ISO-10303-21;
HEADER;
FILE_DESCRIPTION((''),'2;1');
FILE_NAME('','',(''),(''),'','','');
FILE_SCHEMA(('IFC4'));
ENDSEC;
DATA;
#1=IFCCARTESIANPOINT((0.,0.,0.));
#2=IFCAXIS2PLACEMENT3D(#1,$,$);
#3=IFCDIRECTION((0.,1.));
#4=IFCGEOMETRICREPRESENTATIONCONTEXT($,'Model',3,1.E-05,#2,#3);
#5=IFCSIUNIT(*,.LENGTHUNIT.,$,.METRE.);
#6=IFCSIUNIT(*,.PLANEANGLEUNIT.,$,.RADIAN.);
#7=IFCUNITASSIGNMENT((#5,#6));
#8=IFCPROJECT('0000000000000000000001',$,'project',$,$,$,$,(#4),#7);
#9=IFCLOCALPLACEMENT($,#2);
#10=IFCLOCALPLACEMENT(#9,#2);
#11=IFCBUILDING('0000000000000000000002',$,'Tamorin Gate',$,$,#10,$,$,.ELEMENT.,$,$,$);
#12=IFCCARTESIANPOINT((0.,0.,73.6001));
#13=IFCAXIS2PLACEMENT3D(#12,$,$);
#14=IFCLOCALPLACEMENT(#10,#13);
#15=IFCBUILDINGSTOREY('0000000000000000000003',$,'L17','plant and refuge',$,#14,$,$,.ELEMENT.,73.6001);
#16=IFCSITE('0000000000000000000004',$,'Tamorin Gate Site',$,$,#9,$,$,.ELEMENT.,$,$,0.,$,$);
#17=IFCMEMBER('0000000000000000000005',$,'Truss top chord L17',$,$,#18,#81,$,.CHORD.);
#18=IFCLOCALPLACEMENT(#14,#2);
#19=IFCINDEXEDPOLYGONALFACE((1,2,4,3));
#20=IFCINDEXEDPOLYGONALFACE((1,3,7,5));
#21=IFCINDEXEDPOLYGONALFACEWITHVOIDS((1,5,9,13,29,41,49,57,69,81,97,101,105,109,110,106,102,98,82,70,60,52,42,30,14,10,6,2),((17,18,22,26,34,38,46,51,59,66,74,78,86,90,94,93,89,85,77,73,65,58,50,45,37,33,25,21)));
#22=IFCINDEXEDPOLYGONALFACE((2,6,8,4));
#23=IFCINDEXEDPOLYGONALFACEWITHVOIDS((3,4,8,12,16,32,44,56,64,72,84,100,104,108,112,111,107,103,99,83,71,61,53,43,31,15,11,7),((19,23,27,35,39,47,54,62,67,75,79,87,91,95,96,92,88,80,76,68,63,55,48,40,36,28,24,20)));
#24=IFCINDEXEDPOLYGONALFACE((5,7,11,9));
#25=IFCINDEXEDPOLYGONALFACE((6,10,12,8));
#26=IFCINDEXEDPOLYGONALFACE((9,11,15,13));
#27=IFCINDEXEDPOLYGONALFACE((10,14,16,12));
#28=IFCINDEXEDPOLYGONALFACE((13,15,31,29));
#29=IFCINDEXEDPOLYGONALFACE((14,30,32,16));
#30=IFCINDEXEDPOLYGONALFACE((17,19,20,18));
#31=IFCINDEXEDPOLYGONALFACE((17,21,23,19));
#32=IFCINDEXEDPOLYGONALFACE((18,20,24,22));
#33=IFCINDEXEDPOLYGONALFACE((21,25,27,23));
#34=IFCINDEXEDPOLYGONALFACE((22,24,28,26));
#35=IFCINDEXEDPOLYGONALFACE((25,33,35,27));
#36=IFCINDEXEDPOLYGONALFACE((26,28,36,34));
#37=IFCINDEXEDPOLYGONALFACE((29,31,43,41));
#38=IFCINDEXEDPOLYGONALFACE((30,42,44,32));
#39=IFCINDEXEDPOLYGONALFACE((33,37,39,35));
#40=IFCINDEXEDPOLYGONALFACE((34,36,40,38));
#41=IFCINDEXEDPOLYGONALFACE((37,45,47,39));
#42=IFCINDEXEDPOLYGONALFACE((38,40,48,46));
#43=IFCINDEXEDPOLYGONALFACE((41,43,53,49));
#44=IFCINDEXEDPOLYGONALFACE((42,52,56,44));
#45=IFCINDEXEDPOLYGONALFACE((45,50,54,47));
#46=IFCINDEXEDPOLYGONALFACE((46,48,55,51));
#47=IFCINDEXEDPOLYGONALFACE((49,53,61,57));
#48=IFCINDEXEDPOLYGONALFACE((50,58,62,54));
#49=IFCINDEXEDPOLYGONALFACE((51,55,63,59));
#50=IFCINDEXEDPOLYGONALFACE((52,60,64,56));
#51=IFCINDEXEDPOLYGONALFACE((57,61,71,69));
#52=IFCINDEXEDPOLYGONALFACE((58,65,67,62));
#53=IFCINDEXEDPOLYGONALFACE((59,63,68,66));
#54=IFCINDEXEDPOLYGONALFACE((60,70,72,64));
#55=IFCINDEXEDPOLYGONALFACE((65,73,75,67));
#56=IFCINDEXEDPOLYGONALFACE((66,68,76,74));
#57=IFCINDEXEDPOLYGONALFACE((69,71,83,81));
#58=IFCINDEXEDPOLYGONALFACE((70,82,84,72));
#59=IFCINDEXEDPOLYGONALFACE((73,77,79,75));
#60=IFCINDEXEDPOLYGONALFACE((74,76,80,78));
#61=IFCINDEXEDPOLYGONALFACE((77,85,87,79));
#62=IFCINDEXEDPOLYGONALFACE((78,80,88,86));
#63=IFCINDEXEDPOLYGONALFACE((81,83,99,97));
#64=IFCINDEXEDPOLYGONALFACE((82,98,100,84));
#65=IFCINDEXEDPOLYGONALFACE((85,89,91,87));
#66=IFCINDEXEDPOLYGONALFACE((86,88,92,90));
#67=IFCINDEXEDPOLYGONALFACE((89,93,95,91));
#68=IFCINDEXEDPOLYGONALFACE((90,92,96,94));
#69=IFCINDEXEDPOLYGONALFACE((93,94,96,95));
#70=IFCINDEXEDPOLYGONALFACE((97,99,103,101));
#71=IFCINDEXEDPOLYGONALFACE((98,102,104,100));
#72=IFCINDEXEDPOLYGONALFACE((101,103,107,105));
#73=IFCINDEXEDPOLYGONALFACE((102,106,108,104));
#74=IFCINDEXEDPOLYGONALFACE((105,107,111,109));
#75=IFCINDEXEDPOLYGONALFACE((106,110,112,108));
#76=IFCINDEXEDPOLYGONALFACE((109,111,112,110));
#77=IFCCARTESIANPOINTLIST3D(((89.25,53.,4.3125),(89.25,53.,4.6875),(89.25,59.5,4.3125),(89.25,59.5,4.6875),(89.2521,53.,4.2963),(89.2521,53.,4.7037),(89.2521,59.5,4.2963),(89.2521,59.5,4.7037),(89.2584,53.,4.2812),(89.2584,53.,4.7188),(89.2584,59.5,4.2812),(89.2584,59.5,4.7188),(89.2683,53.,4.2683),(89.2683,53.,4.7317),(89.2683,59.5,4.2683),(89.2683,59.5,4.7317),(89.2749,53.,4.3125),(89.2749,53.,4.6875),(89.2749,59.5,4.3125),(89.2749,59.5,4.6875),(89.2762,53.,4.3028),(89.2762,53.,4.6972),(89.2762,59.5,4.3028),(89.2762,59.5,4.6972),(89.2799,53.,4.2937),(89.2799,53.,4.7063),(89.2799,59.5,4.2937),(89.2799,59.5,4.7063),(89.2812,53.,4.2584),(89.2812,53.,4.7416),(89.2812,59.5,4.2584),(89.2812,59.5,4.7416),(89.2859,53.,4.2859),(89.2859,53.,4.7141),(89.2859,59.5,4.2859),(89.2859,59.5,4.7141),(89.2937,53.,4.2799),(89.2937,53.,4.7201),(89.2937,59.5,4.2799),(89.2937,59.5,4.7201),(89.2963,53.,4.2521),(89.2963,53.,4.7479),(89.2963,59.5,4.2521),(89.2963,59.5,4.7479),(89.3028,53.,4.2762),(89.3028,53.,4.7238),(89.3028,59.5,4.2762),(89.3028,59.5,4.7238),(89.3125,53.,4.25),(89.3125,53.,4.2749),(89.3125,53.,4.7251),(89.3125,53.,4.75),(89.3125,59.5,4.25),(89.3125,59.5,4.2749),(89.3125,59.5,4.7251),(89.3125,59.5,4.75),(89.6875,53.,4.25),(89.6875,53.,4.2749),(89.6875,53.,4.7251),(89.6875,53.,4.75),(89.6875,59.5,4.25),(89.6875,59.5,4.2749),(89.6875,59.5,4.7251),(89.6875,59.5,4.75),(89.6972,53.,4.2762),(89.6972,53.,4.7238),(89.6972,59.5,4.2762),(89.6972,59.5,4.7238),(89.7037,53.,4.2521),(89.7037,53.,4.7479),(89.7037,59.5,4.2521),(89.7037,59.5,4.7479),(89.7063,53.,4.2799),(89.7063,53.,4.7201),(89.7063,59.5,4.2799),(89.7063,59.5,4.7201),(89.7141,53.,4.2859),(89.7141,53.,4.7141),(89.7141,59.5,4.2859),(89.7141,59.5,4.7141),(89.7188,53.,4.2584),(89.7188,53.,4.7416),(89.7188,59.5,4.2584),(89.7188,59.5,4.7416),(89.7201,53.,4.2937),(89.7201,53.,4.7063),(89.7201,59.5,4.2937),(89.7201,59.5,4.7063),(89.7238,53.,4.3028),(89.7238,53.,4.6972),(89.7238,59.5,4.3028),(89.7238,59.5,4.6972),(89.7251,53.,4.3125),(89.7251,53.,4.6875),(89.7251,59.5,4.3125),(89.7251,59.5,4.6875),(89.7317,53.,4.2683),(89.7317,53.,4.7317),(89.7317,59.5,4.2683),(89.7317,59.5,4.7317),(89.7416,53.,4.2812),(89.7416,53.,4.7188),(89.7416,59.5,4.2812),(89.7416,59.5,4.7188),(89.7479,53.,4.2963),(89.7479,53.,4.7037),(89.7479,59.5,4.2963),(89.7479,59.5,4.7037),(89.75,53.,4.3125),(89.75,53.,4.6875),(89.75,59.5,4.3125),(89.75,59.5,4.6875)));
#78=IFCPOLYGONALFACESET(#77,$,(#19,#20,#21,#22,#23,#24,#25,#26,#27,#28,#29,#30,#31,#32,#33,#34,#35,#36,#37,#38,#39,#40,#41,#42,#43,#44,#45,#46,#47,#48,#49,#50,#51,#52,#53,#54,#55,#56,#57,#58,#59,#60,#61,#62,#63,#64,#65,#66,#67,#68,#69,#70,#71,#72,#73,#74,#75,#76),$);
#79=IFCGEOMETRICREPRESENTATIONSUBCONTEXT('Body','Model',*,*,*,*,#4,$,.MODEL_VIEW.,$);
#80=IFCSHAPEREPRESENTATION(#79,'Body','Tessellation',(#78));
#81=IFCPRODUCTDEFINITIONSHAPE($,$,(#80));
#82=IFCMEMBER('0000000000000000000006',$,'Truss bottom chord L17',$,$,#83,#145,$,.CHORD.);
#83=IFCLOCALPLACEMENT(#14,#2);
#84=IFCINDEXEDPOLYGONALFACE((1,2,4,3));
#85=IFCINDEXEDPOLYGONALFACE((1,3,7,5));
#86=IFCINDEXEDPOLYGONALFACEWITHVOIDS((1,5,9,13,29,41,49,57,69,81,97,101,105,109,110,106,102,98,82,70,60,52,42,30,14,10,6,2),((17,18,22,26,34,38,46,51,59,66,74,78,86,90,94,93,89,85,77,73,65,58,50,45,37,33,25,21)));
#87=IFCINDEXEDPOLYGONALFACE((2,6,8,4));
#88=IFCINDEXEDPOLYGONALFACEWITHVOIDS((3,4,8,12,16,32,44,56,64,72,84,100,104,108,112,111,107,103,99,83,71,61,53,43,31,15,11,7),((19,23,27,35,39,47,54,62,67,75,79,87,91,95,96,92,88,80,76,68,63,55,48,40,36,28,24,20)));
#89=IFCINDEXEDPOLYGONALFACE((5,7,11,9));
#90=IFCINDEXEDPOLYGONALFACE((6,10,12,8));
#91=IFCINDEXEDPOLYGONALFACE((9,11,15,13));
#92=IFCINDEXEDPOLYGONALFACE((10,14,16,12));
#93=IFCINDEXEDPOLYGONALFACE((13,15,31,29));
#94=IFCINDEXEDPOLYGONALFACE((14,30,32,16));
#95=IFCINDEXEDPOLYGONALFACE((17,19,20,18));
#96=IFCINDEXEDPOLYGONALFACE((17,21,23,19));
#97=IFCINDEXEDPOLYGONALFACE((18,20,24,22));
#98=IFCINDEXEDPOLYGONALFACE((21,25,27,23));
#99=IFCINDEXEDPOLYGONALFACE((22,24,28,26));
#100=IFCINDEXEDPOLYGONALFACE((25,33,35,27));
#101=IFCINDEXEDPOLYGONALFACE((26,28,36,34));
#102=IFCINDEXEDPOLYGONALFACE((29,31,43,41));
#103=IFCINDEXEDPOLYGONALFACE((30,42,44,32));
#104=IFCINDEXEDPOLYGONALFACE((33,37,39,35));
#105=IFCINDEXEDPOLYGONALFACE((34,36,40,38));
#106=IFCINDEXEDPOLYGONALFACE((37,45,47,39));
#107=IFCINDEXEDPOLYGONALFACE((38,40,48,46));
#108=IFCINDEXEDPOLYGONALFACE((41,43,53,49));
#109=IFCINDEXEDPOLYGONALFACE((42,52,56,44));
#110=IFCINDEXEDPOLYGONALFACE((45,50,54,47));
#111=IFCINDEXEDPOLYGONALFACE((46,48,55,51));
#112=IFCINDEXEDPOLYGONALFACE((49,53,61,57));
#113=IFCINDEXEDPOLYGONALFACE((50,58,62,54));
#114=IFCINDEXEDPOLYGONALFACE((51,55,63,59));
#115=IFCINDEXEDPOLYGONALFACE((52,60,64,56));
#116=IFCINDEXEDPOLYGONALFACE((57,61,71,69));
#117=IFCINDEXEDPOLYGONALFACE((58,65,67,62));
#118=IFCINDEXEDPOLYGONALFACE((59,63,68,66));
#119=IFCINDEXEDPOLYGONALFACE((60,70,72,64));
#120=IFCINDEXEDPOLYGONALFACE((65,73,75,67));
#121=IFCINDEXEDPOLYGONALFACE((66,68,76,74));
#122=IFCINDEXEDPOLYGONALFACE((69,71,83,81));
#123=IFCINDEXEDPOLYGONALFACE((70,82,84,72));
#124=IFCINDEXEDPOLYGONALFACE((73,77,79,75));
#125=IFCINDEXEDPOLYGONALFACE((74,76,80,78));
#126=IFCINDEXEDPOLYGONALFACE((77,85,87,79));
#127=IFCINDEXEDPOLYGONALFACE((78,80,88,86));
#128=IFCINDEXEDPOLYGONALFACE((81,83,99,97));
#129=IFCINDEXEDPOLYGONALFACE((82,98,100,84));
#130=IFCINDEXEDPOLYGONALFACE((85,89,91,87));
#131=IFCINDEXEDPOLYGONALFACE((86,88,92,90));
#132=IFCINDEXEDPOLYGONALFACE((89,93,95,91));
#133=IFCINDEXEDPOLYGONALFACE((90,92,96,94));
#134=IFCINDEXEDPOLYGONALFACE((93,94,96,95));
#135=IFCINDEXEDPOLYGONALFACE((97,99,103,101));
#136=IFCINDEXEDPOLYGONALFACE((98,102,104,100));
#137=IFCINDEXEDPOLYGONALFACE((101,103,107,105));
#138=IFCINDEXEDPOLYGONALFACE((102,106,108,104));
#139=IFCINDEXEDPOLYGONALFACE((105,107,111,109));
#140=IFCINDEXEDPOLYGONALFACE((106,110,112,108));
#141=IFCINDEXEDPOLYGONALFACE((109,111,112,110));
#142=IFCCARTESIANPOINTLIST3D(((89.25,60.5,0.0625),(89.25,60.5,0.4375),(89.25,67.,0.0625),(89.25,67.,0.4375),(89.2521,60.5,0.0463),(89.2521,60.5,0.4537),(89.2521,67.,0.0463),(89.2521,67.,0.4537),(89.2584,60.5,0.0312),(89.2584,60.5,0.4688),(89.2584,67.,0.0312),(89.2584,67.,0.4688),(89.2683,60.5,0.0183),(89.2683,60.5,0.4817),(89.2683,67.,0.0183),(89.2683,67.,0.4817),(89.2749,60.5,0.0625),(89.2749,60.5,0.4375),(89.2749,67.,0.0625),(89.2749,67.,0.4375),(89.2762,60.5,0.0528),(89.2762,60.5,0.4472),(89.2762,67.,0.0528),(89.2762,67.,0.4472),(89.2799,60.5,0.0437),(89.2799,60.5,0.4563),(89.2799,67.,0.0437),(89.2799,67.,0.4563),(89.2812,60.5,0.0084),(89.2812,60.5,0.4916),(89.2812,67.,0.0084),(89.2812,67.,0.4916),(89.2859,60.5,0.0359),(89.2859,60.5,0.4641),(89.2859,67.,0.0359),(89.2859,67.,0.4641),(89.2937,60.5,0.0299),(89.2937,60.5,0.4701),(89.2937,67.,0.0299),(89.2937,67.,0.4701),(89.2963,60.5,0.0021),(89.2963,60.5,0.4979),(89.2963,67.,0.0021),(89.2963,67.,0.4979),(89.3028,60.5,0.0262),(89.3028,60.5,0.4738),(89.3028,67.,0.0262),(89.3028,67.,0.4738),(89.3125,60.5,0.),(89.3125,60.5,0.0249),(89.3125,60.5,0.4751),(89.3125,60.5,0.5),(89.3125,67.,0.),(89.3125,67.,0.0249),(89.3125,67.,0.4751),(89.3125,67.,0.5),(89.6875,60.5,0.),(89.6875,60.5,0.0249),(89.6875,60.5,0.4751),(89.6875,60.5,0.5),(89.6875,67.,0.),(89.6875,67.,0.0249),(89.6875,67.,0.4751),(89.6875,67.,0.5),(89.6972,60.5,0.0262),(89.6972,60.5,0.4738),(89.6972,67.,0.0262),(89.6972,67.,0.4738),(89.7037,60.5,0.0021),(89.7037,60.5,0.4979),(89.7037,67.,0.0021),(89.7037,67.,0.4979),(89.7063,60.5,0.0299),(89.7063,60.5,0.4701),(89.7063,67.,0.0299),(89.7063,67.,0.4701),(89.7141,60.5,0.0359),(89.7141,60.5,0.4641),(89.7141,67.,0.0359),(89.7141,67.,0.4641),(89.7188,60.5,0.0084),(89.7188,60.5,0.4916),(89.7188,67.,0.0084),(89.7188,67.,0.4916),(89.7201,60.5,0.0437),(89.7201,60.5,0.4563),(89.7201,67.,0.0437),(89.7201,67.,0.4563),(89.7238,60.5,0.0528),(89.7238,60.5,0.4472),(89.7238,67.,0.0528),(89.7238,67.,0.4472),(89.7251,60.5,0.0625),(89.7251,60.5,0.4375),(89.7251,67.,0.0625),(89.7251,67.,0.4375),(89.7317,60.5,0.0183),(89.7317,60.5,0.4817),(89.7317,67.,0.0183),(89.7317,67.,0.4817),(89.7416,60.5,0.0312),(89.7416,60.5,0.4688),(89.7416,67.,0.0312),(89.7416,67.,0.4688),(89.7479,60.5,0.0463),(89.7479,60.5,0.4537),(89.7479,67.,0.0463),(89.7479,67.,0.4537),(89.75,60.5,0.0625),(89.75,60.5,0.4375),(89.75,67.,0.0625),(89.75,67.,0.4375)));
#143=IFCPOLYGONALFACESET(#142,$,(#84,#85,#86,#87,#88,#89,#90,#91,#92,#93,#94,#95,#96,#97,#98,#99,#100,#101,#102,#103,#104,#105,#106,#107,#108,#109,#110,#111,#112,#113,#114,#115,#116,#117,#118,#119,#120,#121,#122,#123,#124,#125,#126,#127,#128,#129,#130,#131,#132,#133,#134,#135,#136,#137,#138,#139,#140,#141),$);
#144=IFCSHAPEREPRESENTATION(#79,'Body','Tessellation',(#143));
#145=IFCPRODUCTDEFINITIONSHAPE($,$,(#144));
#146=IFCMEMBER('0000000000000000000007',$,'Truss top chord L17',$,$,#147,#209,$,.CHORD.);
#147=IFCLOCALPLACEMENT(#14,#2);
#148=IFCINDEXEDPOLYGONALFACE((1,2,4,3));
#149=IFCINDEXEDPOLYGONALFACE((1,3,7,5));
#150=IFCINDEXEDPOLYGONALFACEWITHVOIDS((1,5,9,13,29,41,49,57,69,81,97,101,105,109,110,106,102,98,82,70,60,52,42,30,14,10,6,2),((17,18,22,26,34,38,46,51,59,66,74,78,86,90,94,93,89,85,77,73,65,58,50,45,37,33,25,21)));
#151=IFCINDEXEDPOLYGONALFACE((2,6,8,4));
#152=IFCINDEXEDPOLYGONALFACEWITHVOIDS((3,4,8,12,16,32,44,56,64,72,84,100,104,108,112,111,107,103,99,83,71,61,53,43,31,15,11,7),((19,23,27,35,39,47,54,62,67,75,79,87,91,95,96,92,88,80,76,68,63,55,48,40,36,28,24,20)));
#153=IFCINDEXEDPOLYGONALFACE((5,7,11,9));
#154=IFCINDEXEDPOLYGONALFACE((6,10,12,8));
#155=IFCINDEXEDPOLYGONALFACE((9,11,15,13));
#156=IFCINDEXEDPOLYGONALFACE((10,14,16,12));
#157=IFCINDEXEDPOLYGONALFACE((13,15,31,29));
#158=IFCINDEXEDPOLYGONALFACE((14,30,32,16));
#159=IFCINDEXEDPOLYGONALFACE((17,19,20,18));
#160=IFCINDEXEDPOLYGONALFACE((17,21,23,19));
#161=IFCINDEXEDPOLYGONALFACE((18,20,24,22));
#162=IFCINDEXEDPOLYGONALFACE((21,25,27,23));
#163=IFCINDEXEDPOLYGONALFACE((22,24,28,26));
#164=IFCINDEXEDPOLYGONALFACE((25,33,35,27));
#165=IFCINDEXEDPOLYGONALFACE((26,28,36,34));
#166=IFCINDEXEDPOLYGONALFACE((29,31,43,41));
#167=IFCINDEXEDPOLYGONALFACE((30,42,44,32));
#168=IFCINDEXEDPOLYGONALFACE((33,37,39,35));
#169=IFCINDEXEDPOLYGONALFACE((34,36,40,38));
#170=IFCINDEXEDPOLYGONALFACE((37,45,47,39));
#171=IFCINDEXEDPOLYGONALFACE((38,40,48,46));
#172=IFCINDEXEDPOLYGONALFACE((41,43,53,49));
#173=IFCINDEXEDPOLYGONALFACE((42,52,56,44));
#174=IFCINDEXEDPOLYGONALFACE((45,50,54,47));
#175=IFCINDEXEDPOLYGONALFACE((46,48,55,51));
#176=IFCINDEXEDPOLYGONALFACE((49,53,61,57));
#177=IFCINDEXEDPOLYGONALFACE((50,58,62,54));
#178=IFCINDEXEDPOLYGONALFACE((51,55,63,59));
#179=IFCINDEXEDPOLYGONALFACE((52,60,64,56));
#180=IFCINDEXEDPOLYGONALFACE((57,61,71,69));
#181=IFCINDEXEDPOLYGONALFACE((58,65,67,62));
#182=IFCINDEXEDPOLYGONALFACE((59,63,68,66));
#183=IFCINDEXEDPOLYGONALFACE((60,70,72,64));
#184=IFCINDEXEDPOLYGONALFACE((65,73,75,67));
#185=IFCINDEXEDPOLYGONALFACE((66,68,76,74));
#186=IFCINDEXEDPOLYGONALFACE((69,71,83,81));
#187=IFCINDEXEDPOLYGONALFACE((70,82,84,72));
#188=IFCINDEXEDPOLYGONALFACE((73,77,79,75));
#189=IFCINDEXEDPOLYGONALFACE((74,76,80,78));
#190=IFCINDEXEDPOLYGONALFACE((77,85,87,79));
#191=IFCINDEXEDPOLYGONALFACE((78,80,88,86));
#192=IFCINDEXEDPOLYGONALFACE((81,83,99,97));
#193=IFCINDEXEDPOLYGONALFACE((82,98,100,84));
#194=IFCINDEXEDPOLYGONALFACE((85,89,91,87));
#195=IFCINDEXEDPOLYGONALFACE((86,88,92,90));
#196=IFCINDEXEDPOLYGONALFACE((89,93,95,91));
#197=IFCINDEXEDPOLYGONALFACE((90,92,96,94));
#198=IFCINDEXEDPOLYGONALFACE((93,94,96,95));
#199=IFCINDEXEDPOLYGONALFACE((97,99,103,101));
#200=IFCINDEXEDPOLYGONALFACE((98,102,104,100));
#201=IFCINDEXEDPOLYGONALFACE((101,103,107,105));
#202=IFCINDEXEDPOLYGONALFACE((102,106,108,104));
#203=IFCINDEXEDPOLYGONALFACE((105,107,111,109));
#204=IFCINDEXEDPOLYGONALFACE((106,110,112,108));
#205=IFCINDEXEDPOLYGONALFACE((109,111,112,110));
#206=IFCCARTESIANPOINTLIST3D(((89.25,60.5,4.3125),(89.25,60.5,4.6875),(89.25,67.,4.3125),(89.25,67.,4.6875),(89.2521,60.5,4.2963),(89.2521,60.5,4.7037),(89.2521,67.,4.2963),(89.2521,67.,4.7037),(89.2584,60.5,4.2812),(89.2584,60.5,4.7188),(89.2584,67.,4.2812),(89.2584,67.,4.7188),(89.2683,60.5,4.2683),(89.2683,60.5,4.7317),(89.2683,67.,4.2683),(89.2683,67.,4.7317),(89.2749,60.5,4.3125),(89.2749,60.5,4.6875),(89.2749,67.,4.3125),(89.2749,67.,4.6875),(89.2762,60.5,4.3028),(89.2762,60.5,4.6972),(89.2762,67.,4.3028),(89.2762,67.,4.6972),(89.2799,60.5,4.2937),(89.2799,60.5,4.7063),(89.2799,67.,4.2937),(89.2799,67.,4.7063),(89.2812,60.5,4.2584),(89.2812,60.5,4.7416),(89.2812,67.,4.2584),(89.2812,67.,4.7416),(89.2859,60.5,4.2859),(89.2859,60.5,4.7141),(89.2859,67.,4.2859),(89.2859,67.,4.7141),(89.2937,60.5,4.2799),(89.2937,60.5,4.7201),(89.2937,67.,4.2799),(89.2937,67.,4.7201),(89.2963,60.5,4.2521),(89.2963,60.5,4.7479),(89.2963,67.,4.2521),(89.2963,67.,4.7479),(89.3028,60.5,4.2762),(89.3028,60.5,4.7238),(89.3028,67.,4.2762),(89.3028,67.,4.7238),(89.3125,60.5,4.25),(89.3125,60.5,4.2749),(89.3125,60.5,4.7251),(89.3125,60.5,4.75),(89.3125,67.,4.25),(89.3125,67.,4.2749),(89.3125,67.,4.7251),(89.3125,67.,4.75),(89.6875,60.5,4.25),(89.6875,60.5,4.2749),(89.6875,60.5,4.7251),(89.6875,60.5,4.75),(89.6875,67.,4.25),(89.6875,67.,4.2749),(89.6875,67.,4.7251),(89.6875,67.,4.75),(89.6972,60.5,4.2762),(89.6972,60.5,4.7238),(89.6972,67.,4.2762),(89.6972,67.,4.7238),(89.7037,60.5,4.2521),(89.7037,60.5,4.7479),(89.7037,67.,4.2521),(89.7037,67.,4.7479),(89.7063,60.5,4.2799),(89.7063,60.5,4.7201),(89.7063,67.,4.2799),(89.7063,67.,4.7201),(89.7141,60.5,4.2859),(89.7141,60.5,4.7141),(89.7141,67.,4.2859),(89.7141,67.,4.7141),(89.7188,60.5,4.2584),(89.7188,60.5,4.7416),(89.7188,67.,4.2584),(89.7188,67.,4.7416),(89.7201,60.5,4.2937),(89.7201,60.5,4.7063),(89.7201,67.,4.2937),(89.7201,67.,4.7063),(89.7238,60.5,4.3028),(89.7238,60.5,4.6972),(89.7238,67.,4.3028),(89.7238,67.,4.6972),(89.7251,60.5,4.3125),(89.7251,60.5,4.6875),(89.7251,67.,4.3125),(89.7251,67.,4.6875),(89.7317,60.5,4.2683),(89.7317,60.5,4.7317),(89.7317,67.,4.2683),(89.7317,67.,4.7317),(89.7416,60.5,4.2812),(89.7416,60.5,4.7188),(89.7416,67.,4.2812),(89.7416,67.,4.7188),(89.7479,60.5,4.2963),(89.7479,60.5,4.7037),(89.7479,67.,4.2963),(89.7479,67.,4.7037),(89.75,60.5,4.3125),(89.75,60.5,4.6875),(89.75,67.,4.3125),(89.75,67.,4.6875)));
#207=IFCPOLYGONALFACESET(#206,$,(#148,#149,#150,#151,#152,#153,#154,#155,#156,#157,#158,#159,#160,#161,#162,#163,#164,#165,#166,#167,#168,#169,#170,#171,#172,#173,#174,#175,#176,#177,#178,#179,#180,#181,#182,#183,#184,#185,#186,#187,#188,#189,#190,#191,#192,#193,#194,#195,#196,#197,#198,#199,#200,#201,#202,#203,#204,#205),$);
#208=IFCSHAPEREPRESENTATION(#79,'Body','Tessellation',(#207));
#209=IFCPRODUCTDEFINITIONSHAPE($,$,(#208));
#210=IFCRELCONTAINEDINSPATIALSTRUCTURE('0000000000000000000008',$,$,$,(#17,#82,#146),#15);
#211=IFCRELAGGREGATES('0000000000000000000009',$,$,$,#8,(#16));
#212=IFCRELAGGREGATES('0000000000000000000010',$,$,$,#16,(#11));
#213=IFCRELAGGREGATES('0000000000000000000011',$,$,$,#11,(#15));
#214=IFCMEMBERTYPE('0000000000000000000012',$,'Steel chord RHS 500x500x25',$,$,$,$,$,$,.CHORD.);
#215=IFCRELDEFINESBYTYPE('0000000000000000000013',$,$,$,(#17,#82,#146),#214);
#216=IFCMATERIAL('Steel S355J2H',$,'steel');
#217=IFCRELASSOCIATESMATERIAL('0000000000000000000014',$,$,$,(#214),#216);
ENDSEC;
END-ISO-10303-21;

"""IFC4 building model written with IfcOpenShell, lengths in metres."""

from ifc_helpers import new_model, si_unit, direction, frame, origin, origin_2d, place, context, subcontext, project, spatial, hollow_rectangle, extrude, material, material_profile, profile_set, type_object, element, save


model = new_model("IFC4")

# Units and contexts
model_context = context("Model", 3, precision=1e-05, world=origin(), true_north=direction((0.0, 1.0)))
body_context = subcontext(model_context, "Body", "Model", "MODEL_VIEW")
ifc_project = project(units=[si_unit("LENGTHUNIT", "METRE"), si_unit("PLANEANGLEUNIT", "RADIAN")], contexts=[model_context])

# Site, building, storey
site_placement = place(None, origin())
site = spatial("IfcSite", under=ifc_project, at=site_placement, Name="Tamorin Gate Site", CompositionType="ELEMENT", RefElevation=0.0)
building_placement = place(site_placement, origin())
building = spatial("IfcBuilding", under=site, at=building_placement, Name="Tamorin Gate", CompositionType="ELEMENT")
storey_placement = place(building_placement, frame((0.0, 0.0, 73.6001)))
storey = spatial("IfcBuildingStorey", under=building, at=storey_placement, Name="L17", Description="plant and refuge", CompositionType="ELEMENT", Elevation=73.6001)

# Members
ifc_material_1 = material(Name="Steel S355J2H", Category="steel")
ifc_material_profile_1 = material_profile(ifc_material_1, hollow_rectangle(XDim=0.5, YDim=0.5, WallThickness=0.0249, InnerFilletRadius=0.0376, OuterFilletRadius=0.0625, at=origin_2d()), Name="RHS 500x500x25")
ifc_profile_set_1 = profile_set([ifc_material_profile_1], Name="Steel S355J2H")
member_type_1 = type_object("IfcMemberType", Name="Steel chord RHS 500x500x25", PredefinedType="CHORD", material=ifc_profile_set_1)
for number, where, z_axis, x_axis, name in (
    (1, (89.5, 53.0, 4.5), (0.0, 1.0, 0.0), (-1.0, 0.0, 0.0), "Truss top chord L17"),
    (2, (89.5, 60.5, 0.25), (0.0, 1.0, 0.0), (-1.0, 0.0, 0.0), "Truss bottom chord L17"),
    (3, (89.5, 60.5, 4.5), (0.0, 1.0, 0.0), (-1.0, 0.0, 0.0), "Truss top chord L17"),
):
    element("IfcMember", number, at=place(storey_placement, frame(where, z_axis=z_axis, x_axis=x_axis)), inside=storey, type_object=member_type_1, Name=name, PredefinedType="CHORD", context=body_context, shape_type="SweptSolid", body=[
        extrude(hollow_rectangle(XDim=0.5, YDim=0.5, WallThickness=0.0249, InnerFilletRadius=0.0376, OuterFilletRadius=0.0625, at=origin_2d()), origin(), (0.0, 0.0, 1.0), 6.5),
    ])

save(model, "model.ifc")
